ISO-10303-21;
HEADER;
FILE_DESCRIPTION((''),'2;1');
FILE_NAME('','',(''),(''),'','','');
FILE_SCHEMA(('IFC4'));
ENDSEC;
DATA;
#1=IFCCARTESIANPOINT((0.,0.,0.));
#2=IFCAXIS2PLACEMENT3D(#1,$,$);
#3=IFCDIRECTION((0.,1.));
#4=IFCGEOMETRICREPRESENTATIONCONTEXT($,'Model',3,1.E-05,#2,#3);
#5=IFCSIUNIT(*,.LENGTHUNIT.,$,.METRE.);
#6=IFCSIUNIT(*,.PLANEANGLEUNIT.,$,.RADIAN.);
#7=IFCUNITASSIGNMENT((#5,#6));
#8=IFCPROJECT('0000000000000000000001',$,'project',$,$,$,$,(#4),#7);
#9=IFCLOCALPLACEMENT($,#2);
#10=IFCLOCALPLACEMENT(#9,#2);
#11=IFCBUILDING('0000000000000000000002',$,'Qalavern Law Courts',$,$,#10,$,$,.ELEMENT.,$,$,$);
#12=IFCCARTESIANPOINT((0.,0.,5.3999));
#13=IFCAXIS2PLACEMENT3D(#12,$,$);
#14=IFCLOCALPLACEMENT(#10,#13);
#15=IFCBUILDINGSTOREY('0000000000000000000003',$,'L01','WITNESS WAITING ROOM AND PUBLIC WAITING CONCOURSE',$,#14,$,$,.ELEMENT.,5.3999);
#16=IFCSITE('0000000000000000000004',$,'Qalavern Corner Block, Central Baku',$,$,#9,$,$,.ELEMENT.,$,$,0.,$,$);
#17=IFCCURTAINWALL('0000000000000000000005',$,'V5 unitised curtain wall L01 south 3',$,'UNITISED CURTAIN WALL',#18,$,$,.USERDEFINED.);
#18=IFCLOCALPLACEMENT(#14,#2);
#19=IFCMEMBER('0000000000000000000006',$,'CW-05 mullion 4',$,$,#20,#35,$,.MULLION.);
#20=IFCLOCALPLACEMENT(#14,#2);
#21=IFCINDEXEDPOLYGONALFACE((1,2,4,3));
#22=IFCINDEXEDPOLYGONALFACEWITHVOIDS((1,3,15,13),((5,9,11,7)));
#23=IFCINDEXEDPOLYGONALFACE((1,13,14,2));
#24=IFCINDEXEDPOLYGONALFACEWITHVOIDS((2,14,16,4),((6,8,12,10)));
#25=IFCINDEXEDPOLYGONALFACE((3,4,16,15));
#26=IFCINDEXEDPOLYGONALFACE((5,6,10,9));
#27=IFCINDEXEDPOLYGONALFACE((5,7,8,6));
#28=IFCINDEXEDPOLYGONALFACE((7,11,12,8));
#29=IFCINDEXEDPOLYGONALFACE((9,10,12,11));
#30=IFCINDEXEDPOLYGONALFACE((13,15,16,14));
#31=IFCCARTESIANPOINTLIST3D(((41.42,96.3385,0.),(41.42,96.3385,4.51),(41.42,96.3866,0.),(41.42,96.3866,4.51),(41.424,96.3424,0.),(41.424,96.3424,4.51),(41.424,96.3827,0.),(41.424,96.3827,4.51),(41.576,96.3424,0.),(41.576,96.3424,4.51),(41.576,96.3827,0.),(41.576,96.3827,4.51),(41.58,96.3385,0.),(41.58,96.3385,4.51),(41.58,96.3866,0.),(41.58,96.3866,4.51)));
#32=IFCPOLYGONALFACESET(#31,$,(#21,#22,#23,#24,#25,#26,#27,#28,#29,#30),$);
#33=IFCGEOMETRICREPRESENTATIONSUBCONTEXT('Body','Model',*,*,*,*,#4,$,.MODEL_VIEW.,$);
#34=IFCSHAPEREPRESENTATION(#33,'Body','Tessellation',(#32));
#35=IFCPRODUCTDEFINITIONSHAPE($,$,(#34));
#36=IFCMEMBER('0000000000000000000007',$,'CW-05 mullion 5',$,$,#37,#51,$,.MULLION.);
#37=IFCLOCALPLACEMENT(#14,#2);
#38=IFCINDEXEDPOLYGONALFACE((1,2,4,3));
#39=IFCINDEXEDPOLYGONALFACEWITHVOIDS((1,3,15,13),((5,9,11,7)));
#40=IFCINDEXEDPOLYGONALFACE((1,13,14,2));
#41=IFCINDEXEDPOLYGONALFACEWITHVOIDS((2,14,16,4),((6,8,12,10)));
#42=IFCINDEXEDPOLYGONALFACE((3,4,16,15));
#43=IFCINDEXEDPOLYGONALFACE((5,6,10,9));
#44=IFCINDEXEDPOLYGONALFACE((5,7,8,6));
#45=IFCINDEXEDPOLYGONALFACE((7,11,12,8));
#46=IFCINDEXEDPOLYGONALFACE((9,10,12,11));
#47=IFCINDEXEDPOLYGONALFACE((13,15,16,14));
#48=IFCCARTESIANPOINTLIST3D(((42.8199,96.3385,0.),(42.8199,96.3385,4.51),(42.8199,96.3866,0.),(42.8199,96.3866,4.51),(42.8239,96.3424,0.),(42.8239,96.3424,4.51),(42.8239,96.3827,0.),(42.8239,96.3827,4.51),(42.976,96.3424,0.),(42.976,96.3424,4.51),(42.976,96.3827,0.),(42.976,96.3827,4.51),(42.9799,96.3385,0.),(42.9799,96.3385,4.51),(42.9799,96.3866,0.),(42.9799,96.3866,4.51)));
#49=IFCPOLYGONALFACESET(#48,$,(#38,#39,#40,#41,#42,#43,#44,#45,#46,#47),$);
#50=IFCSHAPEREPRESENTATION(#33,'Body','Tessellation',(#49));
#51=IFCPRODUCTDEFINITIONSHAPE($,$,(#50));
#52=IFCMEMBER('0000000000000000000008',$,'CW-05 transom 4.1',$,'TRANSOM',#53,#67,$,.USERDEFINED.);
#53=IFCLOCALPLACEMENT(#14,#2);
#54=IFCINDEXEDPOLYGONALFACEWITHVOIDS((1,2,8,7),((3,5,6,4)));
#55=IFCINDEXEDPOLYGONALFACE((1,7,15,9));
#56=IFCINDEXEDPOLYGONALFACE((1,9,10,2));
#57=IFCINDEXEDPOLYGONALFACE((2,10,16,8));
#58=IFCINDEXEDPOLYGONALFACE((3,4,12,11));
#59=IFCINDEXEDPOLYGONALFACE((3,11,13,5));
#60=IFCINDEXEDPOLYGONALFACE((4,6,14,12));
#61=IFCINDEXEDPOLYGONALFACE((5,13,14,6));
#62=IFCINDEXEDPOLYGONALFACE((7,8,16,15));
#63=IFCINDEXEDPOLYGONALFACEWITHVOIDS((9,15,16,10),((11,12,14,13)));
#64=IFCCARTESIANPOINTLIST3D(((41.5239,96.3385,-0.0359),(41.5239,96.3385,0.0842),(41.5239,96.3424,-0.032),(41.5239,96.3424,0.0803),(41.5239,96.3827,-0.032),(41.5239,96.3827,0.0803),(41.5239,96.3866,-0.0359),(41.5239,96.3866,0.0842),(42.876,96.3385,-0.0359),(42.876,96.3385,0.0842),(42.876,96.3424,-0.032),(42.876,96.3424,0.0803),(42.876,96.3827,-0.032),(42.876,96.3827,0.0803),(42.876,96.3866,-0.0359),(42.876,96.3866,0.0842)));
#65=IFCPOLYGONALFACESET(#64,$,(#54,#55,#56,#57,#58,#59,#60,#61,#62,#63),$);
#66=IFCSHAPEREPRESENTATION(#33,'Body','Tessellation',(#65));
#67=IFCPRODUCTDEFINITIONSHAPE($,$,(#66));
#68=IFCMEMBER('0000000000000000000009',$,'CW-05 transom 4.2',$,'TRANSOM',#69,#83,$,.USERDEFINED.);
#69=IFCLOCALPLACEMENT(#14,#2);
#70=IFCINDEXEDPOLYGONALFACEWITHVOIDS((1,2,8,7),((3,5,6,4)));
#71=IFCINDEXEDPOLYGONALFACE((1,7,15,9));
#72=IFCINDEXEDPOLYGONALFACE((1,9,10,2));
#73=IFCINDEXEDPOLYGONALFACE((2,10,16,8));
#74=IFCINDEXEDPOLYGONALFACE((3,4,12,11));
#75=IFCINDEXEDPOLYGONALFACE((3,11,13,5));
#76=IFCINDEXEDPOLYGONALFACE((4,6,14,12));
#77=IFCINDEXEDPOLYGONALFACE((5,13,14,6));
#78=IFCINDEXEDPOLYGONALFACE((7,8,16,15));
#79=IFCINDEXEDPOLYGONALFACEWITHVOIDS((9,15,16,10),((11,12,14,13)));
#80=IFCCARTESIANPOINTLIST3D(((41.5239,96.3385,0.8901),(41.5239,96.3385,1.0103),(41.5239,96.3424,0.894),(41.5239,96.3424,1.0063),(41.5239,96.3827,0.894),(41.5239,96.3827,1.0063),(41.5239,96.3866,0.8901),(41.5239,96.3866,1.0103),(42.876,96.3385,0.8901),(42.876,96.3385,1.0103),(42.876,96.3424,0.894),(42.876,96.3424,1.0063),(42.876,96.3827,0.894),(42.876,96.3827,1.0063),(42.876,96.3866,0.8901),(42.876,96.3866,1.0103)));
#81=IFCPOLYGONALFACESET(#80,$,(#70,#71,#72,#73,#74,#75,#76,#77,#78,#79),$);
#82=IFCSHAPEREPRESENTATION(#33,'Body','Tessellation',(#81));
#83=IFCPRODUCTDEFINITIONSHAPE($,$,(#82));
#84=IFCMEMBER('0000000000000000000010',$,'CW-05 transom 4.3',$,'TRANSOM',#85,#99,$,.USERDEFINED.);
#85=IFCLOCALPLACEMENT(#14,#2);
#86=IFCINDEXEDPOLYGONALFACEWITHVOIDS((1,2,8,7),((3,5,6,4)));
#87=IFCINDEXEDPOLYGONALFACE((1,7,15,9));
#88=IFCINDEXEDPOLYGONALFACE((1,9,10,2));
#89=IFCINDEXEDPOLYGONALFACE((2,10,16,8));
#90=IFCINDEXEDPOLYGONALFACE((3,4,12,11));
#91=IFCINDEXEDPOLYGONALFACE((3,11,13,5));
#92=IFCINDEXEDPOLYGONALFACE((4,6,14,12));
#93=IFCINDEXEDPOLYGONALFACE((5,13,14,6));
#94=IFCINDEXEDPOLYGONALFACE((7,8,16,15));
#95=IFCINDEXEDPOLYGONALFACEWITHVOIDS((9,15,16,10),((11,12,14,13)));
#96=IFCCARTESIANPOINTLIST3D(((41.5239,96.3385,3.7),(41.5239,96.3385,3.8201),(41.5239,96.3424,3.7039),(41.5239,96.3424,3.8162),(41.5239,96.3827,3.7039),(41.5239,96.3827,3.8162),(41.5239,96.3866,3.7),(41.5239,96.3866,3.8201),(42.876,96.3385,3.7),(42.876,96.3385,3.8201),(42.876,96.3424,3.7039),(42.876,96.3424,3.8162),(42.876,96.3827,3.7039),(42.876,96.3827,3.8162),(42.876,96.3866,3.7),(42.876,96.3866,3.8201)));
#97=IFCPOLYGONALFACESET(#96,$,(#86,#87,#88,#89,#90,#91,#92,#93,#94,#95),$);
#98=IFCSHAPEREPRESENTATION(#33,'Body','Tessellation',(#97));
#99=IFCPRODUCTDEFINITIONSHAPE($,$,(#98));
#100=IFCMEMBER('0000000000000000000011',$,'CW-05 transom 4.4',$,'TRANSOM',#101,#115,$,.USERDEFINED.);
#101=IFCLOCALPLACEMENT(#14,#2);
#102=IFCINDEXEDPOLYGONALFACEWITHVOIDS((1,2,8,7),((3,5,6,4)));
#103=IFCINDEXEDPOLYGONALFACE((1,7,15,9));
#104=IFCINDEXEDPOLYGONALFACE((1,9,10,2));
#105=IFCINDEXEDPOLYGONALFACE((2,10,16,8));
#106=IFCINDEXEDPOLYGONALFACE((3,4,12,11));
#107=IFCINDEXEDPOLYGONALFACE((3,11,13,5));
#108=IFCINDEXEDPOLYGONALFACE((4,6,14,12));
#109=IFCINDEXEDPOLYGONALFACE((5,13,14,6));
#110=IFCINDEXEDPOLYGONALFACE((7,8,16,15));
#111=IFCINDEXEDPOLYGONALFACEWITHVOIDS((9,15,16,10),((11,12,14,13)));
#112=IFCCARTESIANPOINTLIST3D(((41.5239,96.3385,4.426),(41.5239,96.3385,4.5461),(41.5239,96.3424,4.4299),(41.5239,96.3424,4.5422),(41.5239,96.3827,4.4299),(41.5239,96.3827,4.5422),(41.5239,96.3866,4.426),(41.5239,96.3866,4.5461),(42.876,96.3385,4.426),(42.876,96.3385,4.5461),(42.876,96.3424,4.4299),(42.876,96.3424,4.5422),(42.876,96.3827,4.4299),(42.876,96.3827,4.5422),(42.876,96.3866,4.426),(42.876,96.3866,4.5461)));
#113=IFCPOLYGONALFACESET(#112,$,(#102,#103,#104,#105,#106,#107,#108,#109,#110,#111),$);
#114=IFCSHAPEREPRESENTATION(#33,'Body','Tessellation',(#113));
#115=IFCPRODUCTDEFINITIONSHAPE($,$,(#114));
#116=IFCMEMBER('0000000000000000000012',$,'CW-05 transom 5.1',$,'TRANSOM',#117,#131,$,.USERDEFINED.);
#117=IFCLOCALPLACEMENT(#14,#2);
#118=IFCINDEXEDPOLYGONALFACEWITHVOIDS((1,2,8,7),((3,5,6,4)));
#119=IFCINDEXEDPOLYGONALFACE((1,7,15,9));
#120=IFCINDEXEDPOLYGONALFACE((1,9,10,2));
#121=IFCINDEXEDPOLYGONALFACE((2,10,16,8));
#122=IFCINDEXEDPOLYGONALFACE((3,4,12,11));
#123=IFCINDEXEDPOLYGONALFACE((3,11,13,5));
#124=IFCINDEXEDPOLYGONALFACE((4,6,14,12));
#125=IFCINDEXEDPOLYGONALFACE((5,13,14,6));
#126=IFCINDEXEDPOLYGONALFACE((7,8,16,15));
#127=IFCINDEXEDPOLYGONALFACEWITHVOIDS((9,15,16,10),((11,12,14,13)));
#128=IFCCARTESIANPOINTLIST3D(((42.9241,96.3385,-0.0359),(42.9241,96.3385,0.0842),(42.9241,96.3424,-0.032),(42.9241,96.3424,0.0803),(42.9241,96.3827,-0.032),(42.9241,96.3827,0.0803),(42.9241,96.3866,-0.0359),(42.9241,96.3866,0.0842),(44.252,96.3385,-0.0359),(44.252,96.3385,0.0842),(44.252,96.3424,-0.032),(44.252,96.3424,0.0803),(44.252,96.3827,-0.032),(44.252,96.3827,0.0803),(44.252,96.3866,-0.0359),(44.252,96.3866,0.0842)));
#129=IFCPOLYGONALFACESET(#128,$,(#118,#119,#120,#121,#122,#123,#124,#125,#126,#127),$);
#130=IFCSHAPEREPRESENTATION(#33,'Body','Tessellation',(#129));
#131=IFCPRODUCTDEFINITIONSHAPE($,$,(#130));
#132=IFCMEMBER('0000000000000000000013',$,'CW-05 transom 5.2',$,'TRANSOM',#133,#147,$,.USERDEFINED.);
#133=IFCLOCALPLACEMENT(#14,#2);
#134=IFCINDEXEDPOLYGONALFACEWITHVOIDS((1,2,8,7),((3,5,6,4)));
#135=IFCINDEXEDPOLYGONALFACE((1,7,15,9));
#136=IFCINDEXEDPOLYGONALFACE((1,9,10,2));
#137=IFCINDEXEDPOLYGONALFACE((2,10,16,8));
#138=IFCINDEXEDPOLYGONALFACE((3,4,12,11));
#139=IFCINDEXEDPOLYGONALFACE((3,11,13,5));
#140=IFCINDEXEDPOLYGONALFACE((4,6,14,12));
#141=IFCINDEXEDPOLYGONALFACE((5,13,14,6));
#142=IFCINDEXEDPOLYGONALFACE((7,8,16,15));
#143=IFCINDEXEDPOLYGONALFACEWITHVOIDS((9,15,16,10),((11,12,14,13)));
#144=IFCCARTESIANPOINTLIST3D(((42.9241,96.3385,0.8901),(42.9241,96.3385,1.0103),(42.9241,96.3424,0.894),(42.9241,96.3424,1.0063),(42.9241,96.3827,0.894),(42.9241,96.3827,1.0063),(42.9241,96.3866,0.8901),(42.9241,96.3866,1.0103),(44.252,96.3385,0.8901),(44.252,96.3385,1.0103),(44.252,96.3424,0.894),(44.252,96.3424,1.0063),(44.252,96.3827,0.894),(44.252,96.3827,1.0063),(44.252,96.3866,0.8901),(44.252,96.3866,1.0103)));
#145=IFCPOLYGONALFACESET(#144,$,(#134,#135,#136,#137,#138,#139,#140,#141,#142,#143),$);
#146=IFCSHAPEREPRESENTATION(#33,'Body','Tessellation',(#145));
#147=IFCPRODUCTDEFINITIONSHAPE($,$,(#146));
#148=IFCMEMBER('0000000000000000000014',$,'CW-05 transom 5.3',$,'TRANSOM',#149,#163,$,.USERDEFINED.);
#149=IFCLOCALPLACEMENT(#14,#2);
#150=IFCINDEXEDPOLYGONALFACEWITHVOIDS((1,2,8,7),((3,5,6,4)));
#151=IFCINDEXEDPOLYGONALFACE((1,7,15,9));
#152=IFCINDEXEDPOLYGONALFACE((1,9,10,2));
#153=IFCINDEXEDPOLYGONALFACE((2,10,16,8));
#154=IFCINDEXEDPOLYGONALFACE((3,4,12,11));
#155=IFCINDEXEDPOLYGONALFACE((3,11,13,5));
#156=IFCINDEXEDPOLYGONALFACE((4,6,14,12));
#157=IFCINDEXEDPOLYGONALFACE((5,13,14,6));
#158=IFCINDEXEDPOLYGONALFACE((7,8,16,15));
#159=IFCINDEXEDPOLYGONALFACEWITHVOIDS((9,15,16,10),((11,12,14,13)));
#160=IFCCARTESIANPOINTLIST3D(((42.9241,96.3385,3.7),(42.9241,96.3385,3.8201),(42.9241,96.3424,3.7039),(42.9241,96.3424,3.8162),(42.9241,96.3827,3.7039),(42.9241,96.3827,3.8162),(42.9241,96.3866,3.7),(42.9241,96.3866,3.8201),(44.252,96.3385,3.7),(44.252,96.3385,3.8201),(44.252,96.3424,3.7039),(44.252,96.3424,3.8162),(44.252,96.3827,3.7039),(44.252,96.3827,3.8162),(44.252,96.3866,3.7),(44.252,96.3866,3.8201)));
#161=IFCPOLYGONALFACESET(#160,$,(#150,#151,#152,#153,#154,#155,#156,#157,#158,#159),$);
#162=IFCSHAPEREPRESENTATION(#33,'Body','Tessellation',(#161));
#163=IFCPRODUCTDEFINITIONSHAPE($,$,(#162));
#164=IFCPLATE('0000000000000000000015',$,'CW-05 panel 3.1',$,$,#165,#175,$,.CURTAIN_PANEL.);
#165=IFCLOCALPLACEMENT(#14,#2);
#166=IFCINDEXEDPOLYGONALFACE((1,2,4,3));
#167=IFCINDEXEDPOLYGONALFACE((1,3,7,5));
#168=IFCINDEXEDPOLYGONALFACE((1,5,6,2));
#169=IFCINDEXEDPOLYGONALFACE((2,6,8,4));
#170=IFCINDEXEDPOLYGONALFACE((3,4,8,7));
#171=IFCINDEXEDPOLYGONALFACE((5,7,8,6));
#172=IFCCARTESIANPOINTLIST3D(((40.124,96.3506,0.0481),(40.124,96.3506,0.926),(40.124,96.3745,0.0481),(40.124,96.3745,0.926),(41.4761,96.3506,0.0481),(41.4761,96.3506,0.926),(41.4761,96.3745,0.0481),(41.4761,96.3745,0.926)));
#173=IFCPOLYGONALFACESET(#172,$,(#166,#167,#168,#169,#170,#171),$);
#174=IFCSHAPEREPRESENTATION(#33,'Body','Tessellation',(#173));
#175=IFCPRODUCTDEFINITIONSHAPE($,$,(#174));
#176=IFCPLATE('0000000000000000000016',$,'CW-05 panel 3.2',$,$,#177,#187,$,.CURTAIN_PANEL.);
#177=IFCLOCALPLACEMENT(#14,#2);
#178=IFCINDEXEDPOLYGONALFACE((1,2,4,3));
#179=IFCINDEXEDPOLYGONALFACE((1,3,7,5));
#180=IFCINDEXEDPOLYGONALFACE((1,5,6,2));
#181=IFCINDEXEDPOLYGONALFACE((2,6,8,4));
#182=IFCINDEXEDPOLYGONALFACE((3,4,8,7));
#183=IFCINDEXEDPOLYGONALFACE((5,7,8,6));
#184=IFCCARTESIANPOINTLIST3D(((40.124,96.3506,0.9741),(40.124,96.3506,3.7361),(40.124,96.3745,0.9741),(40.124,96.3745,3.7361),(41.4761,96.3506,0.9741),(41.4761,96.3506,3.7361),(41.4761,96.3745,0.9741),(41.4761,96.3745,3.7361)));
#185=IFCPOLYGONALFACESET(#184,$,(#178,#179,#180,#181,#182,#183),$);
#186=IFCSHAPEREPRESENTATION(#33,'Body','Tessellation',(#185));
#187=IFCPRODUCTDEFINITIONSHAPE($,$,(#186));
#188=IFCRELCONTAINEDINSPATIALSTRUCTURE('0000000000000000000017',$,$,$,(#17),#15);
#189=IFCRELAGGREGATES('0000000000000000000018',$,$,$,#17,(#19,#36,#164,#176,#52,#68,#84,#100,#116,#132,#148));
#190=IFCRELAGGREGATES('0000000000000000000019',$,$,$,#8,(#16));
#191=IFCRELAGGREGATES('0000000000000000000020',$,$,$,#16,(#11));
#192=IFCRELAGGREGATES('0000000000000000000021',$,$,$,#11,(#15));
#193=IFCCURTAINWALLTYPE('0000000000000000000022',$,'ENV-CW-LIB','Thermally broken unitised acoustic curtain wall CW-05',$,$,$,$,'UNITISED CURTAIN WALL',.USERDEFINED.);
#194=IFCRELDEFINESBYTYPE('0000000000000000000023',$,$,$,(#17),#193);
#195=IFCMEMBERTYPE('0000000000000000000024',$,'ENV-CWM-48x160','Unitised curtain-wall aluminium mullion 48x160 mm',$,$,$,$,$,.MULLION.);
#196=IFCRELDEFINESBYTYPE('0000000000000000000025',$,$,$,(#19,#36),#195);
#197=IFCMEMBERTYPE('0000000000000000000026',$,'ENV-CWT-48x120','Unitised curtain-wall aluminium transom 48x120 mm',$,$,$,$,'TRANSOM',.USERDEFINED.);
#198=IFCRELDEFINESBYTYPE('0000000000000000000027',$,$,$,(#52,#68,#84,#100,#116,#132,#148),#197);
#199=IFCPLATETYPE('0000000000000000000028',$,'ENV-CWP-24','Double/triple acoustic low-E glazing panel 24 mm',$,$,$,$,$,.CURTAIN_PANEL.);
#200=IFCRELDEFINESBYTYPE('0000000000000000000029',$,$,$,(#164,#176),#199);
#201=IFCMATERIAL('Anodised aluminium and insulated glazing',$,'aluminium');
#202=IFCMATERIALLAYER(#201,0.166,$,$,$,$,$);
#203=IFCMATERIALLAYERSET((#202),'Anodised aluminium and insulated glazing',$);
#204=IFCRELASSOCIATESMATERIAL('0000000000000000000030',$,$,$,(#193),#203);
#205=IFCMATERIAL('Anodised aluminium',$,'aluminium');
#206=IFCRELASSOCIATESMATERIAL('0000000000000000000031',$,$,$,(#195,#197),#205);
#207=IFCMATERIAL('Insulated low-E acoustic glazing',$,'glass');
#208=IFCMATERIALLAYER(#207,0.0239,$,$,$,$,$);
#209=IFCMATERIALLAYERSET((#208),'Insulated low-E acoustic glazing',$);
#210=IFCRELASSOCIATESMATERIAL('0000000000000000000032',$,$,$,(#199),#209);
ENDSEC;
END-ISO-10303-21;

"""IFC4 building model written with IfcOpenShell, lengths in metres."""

from ifc_helpers import new_model, si_unit, direction, frame, origin, origin_2d, place, context, subcontext, project, spatial, rectangle, hollow_rectangle, extrude, material, layer, layer_set, material_profile, profile_set, type_object, element, aggregate, save


model = new_model("IFC4")

# Units and contexts
model_context = context("Model", 3, precision=1e-05, world=origin(), true_north=direction((0.0, 1.0)))
body_context = subcontext(model_context, "Body", "Model", "MODEL_VIEW")
ifc_project = project(units=[si_unit("LENGTHUNIT", "METRE"), si_unit("PLANEANGLEUNIT", "RADIAN")], contexts=[model_context])

# Site, building, storey
site_placement = place(None, origin())
site = spatial("IfcSite", under=ifc_project, at=site_placement, Name="Qalavern Corner Block, Central Baku", CompositionType="ELEMENT", RefElevation=0.0)
building_placement = place(site_placement, origin())
building = spatial("IfcBuilding", under=site, at=building_placement, Name="Qalavern Law Courts", CompositionType="ELEMENT")
storey_placement = place(building_placement, frame((0.0, 0.0, 5.3999)))
storey = spatial("IfcBuildingStorey", under=building, at=storey_placement, Name="L01", Description="WITNESS WAITING ROOM AND PUBLIC WAITING CONCOURSE", CompositionType="ELEMENT", Elevation=5.3999)

# Curtain wall, members, plates
ifc_material_1 = material(Name="Anodised aluminium and insulated glazing", Category="aluminium")
ifc_layer_1 = layer(ifc_material_1, 0.166)
ifc_layer_set_1 = layer_set([ifc_layer_1], Name="Anodised aluminium and insulated glazing")
curtain_wall_type = type_object("IfcCurtainWallType", Name="ENV-CW-LIB", Description="Thermally broken unitised acoustic curtain wall CW-05", ElementType="UNITISED CURTAIN WALL", PredefinedType="USERDEFINED", material=ifc_layer_set_1)
curtain_wall_placement = place(storey_placement, origin())
curtain_wall = element("IfcCurtainWall", 1, at=curtain_wall_placement, inside=storey, type_object=curtain_wall_type, Name="V5 unitised curtain wall L01 south 3", ObjectType="UNITISED CURTAIN WALL", PredefinedType="USERDEFINED")
ifc_material_2 = material(Name="Anodised aluminium", Category="aluminium")
ifc_material_profile_1 = material_profile(ifc_material_2, hollow_rectangle(XDim=0.0481, YDim=0.1599, WallThickness=0.0039, at=origin_2d()), Name="ALU MULLION 48x160")
ifc_profile_set_1 = profile_set([ifc_material_profile_1], Name="Anodised aluminium")
member_type_1 = type_object("IfcMemberType", Name="ENV-CWM-48x160", Description="Unitised curtain-wall aluminium mullion 48x160 mm", PredefinedType="MULLION", material=ifc_profile_set_1)
member_1_placement = place(storey_placement, frame((41.5, 96.3625, 0.0), z_axis=(0.0, 0.0, 1.0), x_axis=(0.0, 1.0, 0.0)))
member_1 = element("IfcMember", 2, at=member_1_placement, type_object=member_type_1, Name="CW-05 mullion 4", PredefinedType="MULLION", context=body_context, shape_type="SweptSolid", body=[
    extrude(hollow_rectangle(XDim=0.0481, YDim=0.1599, WallThickness=0.0039, at=origin_2d()), origin(), (0.0, 0.0, 1.0), 4.51),
])
member_2_placement = place(storey_placement, frame((42.8999, 96.3625, 0.0), z_axis=(0.0, 0.0, 1.0), x_axis=(0.0, 1.0, 0.0)))
member_2 = element("IfcMember", 3, at=member_2_placement, type_object=member_type_1, Name="CW-05 mullion 5", PredefinedType="MULLION", context=body_context, shape_type="SweptSolid", body=[
    extrude(hollow_rectangle(XDim=0.0481, YDim=0.1599, WallThickness=0.0039, at=origin_2d()), origin(), (0.0, 0.0, 1.0), 4.51),
])
ifc_material_profile_2 = material_profile(ifc_material_2, hollow_rectangle(XDim=0.0481, YDim=0.1201, WallThickness=0.0039, at=origin_2d()), Name="ALU TRANSOM 48x120")
ifc_profile_set_2 = profile_set([ifc_material_profile_2], Name="Anodised aluminium")
member_type_2 = type_object("IfcMemberType", Name="ENV-CWT-48x120", Description="Unitised curtain-wall aluminium transom 48x120 mm", ElementType="TRANSOM", PredefinedType="USERDEFINED", material=ifc_profile_set_2)
member_3_placement = place(storey_placement, frame((41.5239, 96.3625, 0.0242), z_axis=(1.0, 0.0, 0.0), x_axis=(0.0, 1.0, 0.0)))
member_3 = element("IfcMember", 4, at=member_3_placement, type_object=member_type_2, Name="CW-05 transom 4.1", ObjectType="TRANSOM", PredefinedType="USERDEFINED", context=body_context, shape_type="SweptSolid", body=[
    extrude(hollow_rectangle(XDim=0.0481, YDim=0.1201, WallThickness=0.0039, at=origin_2d()), origin(), (0.0, 0.0, 1.0), 1.3521),
])
member_4_placement = place(storey_placement, frame((41.5239, 96.3625, 0.9502), z_axis=(1.0, 0.0, 0.0), x_axis=(0.0, 1.0, 0.0)))
member_4 = element("IfcMember", 5, at=member_4_placement, type_object=member_type_2, Name="CW-05 transom 4.2", ObjectType="TRANSOM", PredefinedType="USERDEFINED", context=body_context, shape_type="SweptSolid", body=[
    extrude(hollow_rectangle(XDim=0.0481, YDim=0.1201, WallThickness=0.0039, at=origin_2d()), origin(), (0.0, 0.0, 1.0), 1.3521),
])
member_5_placement = place(storey_placement, frame((41.5239, 96.3625, 3.76), z_axis=(1.0, 0.0, 0.0), x_axis=(0.0, 1.0, 0.0)))
member_5 = element("IfcMember", 6, at=member_5_placement, type_object=member_type_2, Name="CW-05 transom 4.3", ObjectType="TRANSOM", PredefinedType="USERDEFINED", context=body_context, shape_type="SweptSolid", body=[
    extrude(hollow_rectangle(XDim=0.0481, YDim=0.1201, WallThickness=0.0039, at=origin_2d()), origin(), (0.0, 0.0, 1.0), 1.3521),
])
member_6_placement = place(storey_placement, frame((41.5239, 96.3625, 4.4861), z_axis=(1.0, 0.0, 0.0), x_axis=(0.0, 1.0, 0.0)))
member_6 = element("IfcMember", 7, at=member_6_placement, type_object=member_type_2, Name="CW-05 transom 4.4", ObjectType="TRANSOM", PredefinedType="USERDEFINED", context=body_context, shape_type="SweptSolid", body=[
    extrude(hollow_rectangle(XDim=0.0481, YDim=0.1201, WallThickness=0.0039, at=origin_2d()), origin(), (0.0, 0.0, 1.0), 1.3521),
])
member_7_placement = place(storey_placement, frame((42.9241, 96.3625, 0.0242), z_axis=(1.0, 0.0, 0.0), x_axis=(0.0, 1.0, 0.0)))
member_7 = element("IfcMember", 8, at=member_7_placement, type_object=member_type_2, Name="CW-05 transom 5.1", ObjectType="TRANSOM", PredefinedType="USERDEFINED", context=body_context, shape_type="SweptSolid", body=[
    extrude(hollow_rectangle(XDim=0.0481, YDim=0.1201, WallThickness=0.0039, at=origin_2d()), origin(), (0.0, 0.0, 1.0), 1.3279),
])
member_8_placement = place(storey_placement, frame((42.9241, 96.3625, 0.9502), z_axis=(1.0, 0.0, 0.0), x_axis=(0.0, 1.0, 0.0)))
member_8 = element("IfcMember", 9, at=member_8_placement, type_object=member_type_2, Name="CW-05 transom 5.2", ObjectType="TRANSOM", PredefinedType="USERDEFINED", context=body_context, shape_type="SweptSolid", body=[
    extrude(hollow_rectangle(XDim=0.0481, YDim=0.1201, WallThickness=0.0039, at=origin_2d()), origin(), (0.0, 0.0, 1.0), 1.3279),
])
member_9_placement = place(storey_placement, frame((42.9241, 96.3625, 3.76), z_axis=(1.0, 0.0, 0.0), x_axis=(0.0, 1.0, 0.0)))
member_9 = element("IfcMember", 10, at=member_9_placement, type_object=member_type_2, Name="CW-05 transom 5.3", ObjectType="TRANSOM", PredefinedType="USERDEFINED", context=body_context, shape_type="SweptSolid", body=[
    extrude(hollow_rectangle(XDim=0.0481, YDim=0.1201, WallThickness=0.0039, at=origin_2d()), origin(), (0.0, 0.0, 1.0), 1.3279),
])
ifc_material_3 = material(Name="Insulated low-E acoustic glazing", Category="glass")
ifc_layer_2 = layer(ifc_material_3, 0.0239)
ifc_layer_set_2 = layer_set([ifc_layer_2], Name="Insulated low-E acoustic glazing")
plate_type = type_object("IfcPlateType", Name="ENV-CWP-24", Description="Double/triple acoustic low-E glazing panel 24 mm", PredefinedType="CURTAIN_PANEL", material=ifc_layer_set_2)
plate_1_placement = place(storey_placement, frame((40.8, 96.3625, 0.0481), z_axis=(0.0, 0.0, 1.0), x_axis=(1.0, 0.0, 0.0)))
plate_1 = element("IfcPlate", 11, at=plate_1_placement, type_object=plate_type, Name="CW-05 panel 3.1", PredefinedType="CURTAIN_PANEL", context=body_context, shape_type="SweptSolid", body=[
    extrude(rectangle(XDim=1.3521, YDim=0.0239, at=origin_2d()), origin(), (0.0, 0.0, 1.0), 0.8779),
])
plate_2_placement = place(storey_placement, frame((40.8, 96.3625, 0.9741), z_axis=(0.0, 0.0, 1.0), x_axis=(1.0, 0.0, 0.0)))
plate_2 = element("IfcPlate", 12, at=plate_2_placement, type_object=plate_type, Name="CW-05 panel 3.2", PredefinedType="CURTAIN_PANEL", context=body_context, shape_type="SweptSolid", body=[
    extrude(rectangle(XDim=1.3521, YDim=0.0239, at=origin_2d()), origin(), (0.0, 0.0, 1.0), 2.762),
])
aggregate(curtain_wall, [member_1, member_2, plate_1, plate_2, member_3, member_4, member_5, member_6, member_7, member_8, member_9])

save(model, "model.ifc")
